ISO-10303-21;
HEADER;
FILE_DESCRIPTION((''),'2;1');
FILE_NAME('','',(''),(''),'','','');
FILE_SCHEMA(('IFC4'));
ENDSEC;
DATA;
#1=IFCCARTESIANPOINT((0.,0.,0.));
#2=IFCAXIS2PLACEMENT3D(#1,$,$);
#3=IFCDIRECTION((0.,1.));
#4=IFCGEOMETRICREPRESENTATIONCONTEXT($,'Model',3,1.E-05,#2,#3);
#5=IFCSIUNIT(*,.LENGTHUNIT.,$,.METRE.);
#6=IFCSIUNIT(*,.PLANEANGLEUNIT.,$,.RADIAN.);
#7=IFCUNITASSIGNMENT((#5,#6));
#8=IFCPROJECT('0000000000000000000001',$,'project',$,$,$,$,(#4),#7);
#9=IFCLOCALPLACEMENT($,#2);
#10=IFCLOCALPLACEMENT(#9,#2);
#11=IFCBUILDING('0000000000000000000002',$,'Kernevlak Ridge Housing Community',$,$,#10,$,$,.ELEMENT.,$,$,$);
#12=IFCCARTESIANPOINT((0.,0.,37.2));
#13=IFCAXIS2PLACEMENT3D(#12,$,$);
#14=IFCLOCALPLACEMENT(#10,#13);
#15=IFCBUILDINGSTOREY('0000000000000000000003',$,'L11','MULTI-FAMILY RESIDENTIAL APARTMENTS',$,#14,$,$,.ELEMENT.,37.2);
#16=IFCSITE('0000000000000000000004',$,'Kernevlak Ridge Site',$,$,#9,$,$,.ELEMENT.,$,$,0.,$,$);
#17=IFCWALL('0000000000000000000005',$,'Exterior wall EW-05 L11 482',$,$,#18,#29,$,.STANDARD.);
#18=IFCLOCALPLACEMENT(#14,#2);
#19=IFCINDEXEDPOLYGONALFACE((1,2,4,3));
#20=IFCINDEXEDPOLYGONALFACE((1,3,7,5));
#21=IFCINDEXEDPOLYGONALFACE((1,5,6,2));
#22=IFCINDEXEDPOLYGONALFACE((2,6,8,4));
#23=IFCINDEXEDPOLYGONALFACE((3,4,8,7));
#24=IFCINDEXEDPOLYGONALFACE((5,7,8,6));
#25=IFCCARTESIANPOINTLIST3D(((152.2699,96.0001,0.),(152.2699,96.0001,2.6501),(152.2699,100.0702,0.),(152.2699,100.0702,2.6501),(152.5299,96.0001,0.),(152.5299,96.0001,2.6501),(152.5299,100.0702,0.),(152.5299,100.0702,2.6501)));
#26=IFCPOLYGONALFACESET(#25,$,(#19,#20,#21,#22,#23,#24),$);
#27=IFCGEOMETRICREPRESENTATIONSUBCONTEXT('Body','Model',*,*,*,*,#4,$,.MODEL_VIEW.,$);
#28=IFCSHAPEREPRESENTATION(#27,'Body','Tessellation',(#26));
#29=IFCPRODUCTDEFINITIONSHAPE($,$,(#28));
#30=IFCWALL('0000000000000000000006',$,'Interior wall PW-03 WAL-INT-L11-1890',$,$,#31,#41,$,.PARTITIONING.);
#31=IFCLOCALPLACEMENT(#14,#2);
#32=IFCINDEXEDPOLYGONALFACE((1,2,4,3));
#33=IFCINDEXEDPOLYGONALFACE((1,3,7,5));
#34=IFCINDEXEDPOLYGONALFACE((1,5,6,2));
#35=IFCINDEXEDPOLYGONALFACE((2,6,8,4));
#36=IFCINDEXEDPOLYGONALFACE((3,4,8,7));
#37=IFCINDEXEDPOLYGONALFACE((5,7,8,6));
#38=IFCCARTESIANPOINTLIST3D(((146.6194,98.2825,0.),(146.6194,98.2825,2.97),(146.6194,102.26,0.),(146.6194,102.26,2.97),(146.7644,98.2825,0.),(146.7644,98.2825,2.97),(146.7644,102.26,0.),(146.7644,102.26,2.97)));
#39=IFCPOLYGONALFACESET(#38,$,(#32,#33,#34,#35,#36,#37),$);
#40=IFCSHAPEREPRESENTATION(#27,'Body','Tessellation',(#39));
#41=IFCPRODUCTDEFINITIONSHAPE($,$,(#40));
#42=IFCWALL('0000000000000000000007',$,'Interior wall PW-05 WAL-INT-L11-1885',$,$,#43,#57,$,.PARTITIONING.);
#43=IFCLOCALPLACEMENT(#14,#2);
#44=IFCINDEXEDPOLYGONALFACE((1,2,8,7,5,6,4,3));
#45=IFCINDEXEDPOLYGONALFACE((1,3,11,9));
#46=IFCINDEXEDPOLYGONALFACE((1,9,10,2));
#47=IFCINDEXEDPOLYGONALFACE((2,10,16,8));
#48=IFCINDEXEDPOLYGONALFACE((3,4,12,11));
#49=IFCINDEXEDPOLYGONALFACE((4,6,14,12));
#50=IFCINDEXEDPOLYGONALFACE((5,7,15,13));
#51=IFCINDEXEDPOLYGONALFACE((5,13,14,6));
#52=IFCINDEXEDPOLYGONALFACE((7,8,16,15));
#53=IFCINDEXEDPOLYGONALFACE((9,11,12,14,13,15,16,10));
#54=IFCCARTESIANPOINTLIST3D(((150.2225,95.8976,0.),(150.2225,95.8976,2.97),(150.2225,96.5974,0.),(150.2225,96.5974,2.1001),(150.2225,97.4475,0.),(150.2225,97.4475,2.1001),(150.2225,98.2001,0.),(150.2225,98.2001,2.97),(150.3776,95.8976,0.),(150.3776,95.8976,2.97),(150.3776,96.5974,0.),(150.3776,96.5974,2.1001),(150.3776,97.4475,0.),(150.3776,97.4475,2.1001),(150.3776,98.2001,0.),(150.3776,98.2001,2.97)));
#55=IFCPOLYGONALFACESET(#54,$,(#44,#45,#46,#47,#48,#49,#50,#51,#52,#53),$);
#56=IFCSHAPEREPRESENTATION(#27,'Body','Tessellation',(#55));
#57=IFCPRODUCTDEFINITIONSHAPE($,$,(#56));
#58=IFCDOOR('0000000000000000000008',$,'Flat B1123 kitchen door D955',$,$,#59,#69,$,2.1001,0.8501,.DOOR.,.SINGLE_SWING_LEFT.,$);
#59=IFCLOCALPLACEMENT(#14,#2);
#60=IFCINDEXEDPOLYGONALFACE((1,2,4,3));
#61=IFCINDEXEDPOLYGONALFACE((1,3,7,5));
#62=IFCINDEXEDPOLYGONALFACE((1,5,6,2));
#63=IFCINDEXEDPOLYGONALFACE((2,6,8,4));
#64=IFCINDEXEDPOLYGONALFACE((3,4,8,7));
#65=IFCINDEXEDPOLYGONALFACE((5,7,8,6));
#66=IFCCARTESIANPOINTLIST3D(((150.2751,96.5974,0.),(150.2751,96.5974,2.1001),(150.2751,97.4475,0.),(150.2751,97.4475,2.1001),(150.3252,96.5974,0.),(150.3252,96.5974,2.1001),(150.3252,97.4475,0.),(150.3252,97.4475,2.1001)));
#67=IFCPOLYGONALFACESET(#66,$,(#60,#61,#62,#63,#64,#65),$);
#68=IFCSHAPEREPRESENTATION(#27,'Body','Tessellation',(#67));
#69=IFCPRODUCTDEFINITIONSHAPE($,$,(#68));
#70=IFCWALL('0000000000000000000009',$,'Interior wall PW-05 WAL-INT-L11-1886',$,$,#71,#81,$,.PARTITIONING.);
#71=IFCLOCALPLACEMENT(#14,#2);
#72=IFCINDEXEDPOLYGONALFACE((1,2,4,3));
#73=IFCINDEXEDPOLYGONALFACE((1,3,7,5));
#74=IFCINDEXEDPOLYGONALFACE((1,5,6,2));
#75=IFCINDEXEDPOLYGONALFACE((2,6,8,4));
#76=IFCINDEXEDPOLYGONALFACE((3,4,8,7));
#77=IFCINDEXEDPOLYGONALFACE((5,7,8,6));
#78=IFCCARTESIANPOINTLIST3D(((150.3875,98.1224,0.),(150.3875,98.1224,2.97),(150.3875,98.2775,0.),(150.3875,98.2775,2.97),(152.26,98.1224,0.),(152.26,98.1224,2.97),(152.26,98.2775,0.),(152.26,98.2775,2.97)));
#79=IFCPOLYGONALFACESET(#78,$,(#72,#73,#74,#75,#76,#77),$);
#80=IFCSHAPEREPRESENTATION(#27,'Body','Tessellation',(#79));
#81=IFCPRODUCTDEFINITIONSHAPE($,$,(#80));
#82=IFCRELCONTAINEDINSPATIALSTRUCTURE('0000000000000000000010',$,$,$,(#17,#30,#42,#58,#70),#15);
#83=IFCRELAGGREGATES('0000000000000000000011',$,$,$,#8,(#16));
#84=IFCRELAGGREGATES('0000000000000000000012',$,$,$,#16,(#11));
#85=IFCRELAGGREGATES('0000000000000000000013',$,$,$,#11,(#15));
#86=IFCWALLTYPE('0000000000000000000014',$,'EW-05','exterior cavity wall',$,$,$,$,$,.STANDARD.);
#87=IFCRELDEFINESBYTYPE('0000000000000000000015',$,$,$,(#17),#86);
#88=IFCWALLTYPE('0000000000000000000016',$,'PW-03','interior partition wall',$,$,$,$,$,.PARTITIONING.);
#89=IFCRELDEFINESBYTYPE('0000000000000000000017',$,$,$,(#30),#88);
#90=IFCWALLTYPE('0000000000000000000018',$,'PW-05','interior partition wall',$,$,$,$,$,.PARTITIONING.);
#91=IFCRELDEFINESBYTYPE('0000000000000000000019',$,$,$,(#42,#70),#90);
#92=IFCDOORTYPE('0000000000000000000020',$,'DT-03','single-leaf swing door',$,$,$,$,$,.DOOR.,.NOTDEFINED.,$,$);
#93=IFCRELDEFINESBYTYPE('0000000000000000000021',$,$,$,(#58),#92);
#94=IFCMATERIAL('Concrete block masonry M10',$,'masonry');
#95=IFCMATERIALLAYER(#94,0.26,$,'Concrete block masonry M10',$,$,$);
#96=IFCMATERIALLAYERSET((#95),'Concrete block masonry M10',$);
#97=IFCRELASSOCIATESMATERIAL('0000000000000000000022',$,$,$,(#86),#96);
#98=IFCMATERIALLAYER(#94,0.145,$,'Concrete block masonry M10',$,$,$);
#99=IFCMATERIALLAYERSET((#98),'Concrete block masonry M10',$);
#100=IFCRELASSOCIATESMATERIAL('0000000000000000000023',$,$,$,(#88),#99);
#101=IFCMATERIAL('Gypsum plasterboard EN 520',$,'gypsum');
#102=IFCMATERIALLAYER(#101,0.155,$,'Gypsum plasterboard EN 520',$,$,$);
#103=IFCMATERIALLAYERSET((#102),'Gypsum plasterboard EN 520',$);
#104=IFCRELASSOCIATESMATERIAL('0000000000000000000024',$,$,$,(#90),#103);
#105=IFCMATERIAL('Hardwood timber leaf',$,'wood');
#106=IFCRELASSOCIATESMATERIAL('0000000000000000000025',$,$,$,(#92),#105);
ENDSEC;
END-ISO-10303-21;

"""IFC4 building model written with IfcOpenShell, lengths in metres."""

from ifc_helpers import new_model, si_unit, direction, frame, frame_2d, origin, place, context, subcontext, project, spatial, rectangle, extrude, material, layer, layer_set, type_object, element, fill, save


model = new_model("IFC4")

# Units and contexts
model_context = context("Model", 3, precision=1e-05, world=origin(), true_north=direction((0.0, 1.0)))
body_context = subcontext(model_context, "Body", "Model", "MODEL_VIEW")
ifc_project = project(units=[si_unit("LENGTHUNIT", "METRE"), si_unit("PLANEANGLEUNIT", "RADIAN")], contexts=[model_context])

# Site, building, storey
site_placement = place(None, origin())
site = spatial("IfcSite", under=ifc_project, at=site_placement, Name="Kernevlak Ridge Site", CompositionType="ELEMENT", RefElevation=0.0)
building_placement = place(site_placement, origin())
building = spatial("IfcBuilding", under=site, at=building_placement, Name="Kernevlak Ridge Housing Community", CompositionType="ELEMENT")
storey_placement = place(building_placement, frame((0.0, 0.0, 37.2)))
storey = spatial("IfcBuildingStorey", under=building, at=storey_placement, Name="L11", Description="MULTI-FAMILY RESIDENTIAL APARTMENTS", CompositionType="ELEMENT", Elevation=37.2)

# Shared definitions
ifc_material_1 = material(Name="Concrete block masonry M10", Category="masonry")
ifc_layer_1 = layer(ifc_material_1, 0.26, Name="Concrete block masonry M10")
ifc_layer_set_1 = layer_set([ifc_layer_1], Name="Concrete block masonry M10")
wall_type_1 = type_object("IfcWallType", Name="EW-05", Description="exterior cavity wall", PredefinedType="STANDARD", material=ifc_layer_set_1)

# Walls
wall_1_placement = place(storey_placement, frame((152.3999, 96.0, 0.0), z_axis=(0.0, 0.0, 1.0), x_axis=(0.0, 1.0, 0.0)))
element("IfcWall", 1, at=wall_1_placement, inside=storey, type_object=wall_type_1, Name="Exterior wall EW-05 L11 482", PredefinedType="STANDARD", context=body_context, shape_type="SweptSolid", body=[
    extrude(rectangle(XDim=4.0701, YDim=0.26, at=frame_2d((2.0352, 0.0))), origin(), (0.0, 0.0, 1.0), 2.6501),
])
ifc_layer_2 = layer(ifc_material_1, 0.145, Name="Concrete block masonry M10")
ifc_layer_set_2 = layer_set([ifc_layer_2], Name="Concrete block masonry M10")
wall_type_2 = type_object("IfcWallType", Name="PW-03", Description="interior partition wall", PredefinedType="PARTITIONING", material=ifc_layer_set_2)
wall_2_placement = place(storey_placement, frame((146.6919, 98.2825, 0.0), z_axis=(0.0, 0.0, 1.0), x_axis=(0.0, 1.0, 0.0)))
element("IfcWall", 2, at=wall_2_placement, inside=storey, type_object=wall_type_2, Name="Interior wall PW-03 WAL-INT-L11-1890", PredefinedType="PARTITIONING", context=body_context, shape_type="SweptSolid", body=[
    extrude(rectangle(XDim=3.9775, YDim=0.145, at=frame_2d((1.9888, 0.0))), origin(), (0.0, 0.0, 1.0), 2.97),
])

# Wall, opening, door
ifc_material_2 = material(Name="Gypsum plasterboard EN 520", Category="gypsum")
ifc_layer_3 = layer(ifc_material_2, 0.155, Name="Gypsum plasterboard EN 520")
ifc_layer_set_3 = layer_set([ifc_layer_3], Name="Gypsum plasterboard EN 520")
wall_type_3 = type_object("IfcWallType", Name="PW-05", Description="interior partition wall", PredefinedType="PARTITIONING", material=ifc_layer_set_3)
wall_3_placement = place(storey_placement, frame((150.3, 95.8975, 0.0), z_axis=(0.0, 0.0, 1.0), x_axis=(0.0, 1.0, 0.0)))
wall_3 = element("IfcWall", 3, at=wall_3_placement, inside=storey, type_object=wall_type_3, Name="Interior wall PW-05 WAL-INT-L11-1885", PredefinedType="PARTITIONING", context=body_context, shape_type="SweptSolid", body=[
    extrude(rectangle(XDim=2.3025, YDim=0.155, at=frame_2d((1.1514, 0.0))), origin(), (0.0, 0.0, 1.0), 2.97),
])
opening_1_placement = place(wall_3_placement, frame((0.7, 0.0, 0.0)))
opening_1 = element("IfcOpeningElement", 4, at=opening_1_placement, cuts=wall_3, PredefinedType="OPENING", context=body_context, shape_type="SweptSolid", body=[
    extrude(rectangle(XDim=0.8501, YDim=2.1001, at=frame_2d((0.425, 1.05))), frame((0.0, 0.0874, 0.0), z_axis=(0.0, -1.0, 0.0), x_axis=(1.0, 0.0, 0.0)), (0.0, 0.0, 1.0), 0.175),
])
ifc_material_3 = material(Name="Hardwood timber leaf", Category="wood")
door_type_1 = type_object("IfcDoorType", Name="DT-03", Description="single-leaf swing door", OperationType="NOTDEFINED", PredefinedType="DOOR", material=ifc_material_3)
door_1_placement = place(opening_1_placement, origin())
door_1 = element("IfcDoor", 5, at=door_1_placement, inside=storey, type_object=door_type_1, Name="Flat B1123 kitchen door D955", OperationType="SINGLE_SWING_LEFT", OverallHeight=2.1001, OverallWidth=0.8501, PredefinedType="DOOR", context=body_context, shape_type="SweptSolid", body=[
    extrude(rectangle(XDim=0.8501, YDim=2.1001, at=frame_2d((0.425, 1.05))), frame((0.0, 0.0249, 0.0), z_axis=(0.0, -1.0, 0.0), x_axis=(1.0, 0.0, 0.0)), (0.0, 0.0, 1.0), 0.05),
])
fill(opening_1, door_1)

# Wall
wall_4_placement = place(storey_placement, frame((150.3875, 98.2, 0.0), z_axis=(0.0, 0.0, 1.0), x_axis=(1.0, 0.0, 0.0)))
element("IfcWall", 6, at=wall_4_placement, inside=storey, type_object=wall_type_3, Name="Interior wall PW-05 WAL-INT-L11-1886", PredefinedType="PARTITIONING", context=body_context, shape_type="SweptSolid", body=[
    extrude(rectangle(XDim=1.8726, YDim=0.155, at=frame_2d((0.9363, 0.0))), origin(), (0.0, 0.0, 1.0), 2.97),
])

save(model, "model.ifc")
